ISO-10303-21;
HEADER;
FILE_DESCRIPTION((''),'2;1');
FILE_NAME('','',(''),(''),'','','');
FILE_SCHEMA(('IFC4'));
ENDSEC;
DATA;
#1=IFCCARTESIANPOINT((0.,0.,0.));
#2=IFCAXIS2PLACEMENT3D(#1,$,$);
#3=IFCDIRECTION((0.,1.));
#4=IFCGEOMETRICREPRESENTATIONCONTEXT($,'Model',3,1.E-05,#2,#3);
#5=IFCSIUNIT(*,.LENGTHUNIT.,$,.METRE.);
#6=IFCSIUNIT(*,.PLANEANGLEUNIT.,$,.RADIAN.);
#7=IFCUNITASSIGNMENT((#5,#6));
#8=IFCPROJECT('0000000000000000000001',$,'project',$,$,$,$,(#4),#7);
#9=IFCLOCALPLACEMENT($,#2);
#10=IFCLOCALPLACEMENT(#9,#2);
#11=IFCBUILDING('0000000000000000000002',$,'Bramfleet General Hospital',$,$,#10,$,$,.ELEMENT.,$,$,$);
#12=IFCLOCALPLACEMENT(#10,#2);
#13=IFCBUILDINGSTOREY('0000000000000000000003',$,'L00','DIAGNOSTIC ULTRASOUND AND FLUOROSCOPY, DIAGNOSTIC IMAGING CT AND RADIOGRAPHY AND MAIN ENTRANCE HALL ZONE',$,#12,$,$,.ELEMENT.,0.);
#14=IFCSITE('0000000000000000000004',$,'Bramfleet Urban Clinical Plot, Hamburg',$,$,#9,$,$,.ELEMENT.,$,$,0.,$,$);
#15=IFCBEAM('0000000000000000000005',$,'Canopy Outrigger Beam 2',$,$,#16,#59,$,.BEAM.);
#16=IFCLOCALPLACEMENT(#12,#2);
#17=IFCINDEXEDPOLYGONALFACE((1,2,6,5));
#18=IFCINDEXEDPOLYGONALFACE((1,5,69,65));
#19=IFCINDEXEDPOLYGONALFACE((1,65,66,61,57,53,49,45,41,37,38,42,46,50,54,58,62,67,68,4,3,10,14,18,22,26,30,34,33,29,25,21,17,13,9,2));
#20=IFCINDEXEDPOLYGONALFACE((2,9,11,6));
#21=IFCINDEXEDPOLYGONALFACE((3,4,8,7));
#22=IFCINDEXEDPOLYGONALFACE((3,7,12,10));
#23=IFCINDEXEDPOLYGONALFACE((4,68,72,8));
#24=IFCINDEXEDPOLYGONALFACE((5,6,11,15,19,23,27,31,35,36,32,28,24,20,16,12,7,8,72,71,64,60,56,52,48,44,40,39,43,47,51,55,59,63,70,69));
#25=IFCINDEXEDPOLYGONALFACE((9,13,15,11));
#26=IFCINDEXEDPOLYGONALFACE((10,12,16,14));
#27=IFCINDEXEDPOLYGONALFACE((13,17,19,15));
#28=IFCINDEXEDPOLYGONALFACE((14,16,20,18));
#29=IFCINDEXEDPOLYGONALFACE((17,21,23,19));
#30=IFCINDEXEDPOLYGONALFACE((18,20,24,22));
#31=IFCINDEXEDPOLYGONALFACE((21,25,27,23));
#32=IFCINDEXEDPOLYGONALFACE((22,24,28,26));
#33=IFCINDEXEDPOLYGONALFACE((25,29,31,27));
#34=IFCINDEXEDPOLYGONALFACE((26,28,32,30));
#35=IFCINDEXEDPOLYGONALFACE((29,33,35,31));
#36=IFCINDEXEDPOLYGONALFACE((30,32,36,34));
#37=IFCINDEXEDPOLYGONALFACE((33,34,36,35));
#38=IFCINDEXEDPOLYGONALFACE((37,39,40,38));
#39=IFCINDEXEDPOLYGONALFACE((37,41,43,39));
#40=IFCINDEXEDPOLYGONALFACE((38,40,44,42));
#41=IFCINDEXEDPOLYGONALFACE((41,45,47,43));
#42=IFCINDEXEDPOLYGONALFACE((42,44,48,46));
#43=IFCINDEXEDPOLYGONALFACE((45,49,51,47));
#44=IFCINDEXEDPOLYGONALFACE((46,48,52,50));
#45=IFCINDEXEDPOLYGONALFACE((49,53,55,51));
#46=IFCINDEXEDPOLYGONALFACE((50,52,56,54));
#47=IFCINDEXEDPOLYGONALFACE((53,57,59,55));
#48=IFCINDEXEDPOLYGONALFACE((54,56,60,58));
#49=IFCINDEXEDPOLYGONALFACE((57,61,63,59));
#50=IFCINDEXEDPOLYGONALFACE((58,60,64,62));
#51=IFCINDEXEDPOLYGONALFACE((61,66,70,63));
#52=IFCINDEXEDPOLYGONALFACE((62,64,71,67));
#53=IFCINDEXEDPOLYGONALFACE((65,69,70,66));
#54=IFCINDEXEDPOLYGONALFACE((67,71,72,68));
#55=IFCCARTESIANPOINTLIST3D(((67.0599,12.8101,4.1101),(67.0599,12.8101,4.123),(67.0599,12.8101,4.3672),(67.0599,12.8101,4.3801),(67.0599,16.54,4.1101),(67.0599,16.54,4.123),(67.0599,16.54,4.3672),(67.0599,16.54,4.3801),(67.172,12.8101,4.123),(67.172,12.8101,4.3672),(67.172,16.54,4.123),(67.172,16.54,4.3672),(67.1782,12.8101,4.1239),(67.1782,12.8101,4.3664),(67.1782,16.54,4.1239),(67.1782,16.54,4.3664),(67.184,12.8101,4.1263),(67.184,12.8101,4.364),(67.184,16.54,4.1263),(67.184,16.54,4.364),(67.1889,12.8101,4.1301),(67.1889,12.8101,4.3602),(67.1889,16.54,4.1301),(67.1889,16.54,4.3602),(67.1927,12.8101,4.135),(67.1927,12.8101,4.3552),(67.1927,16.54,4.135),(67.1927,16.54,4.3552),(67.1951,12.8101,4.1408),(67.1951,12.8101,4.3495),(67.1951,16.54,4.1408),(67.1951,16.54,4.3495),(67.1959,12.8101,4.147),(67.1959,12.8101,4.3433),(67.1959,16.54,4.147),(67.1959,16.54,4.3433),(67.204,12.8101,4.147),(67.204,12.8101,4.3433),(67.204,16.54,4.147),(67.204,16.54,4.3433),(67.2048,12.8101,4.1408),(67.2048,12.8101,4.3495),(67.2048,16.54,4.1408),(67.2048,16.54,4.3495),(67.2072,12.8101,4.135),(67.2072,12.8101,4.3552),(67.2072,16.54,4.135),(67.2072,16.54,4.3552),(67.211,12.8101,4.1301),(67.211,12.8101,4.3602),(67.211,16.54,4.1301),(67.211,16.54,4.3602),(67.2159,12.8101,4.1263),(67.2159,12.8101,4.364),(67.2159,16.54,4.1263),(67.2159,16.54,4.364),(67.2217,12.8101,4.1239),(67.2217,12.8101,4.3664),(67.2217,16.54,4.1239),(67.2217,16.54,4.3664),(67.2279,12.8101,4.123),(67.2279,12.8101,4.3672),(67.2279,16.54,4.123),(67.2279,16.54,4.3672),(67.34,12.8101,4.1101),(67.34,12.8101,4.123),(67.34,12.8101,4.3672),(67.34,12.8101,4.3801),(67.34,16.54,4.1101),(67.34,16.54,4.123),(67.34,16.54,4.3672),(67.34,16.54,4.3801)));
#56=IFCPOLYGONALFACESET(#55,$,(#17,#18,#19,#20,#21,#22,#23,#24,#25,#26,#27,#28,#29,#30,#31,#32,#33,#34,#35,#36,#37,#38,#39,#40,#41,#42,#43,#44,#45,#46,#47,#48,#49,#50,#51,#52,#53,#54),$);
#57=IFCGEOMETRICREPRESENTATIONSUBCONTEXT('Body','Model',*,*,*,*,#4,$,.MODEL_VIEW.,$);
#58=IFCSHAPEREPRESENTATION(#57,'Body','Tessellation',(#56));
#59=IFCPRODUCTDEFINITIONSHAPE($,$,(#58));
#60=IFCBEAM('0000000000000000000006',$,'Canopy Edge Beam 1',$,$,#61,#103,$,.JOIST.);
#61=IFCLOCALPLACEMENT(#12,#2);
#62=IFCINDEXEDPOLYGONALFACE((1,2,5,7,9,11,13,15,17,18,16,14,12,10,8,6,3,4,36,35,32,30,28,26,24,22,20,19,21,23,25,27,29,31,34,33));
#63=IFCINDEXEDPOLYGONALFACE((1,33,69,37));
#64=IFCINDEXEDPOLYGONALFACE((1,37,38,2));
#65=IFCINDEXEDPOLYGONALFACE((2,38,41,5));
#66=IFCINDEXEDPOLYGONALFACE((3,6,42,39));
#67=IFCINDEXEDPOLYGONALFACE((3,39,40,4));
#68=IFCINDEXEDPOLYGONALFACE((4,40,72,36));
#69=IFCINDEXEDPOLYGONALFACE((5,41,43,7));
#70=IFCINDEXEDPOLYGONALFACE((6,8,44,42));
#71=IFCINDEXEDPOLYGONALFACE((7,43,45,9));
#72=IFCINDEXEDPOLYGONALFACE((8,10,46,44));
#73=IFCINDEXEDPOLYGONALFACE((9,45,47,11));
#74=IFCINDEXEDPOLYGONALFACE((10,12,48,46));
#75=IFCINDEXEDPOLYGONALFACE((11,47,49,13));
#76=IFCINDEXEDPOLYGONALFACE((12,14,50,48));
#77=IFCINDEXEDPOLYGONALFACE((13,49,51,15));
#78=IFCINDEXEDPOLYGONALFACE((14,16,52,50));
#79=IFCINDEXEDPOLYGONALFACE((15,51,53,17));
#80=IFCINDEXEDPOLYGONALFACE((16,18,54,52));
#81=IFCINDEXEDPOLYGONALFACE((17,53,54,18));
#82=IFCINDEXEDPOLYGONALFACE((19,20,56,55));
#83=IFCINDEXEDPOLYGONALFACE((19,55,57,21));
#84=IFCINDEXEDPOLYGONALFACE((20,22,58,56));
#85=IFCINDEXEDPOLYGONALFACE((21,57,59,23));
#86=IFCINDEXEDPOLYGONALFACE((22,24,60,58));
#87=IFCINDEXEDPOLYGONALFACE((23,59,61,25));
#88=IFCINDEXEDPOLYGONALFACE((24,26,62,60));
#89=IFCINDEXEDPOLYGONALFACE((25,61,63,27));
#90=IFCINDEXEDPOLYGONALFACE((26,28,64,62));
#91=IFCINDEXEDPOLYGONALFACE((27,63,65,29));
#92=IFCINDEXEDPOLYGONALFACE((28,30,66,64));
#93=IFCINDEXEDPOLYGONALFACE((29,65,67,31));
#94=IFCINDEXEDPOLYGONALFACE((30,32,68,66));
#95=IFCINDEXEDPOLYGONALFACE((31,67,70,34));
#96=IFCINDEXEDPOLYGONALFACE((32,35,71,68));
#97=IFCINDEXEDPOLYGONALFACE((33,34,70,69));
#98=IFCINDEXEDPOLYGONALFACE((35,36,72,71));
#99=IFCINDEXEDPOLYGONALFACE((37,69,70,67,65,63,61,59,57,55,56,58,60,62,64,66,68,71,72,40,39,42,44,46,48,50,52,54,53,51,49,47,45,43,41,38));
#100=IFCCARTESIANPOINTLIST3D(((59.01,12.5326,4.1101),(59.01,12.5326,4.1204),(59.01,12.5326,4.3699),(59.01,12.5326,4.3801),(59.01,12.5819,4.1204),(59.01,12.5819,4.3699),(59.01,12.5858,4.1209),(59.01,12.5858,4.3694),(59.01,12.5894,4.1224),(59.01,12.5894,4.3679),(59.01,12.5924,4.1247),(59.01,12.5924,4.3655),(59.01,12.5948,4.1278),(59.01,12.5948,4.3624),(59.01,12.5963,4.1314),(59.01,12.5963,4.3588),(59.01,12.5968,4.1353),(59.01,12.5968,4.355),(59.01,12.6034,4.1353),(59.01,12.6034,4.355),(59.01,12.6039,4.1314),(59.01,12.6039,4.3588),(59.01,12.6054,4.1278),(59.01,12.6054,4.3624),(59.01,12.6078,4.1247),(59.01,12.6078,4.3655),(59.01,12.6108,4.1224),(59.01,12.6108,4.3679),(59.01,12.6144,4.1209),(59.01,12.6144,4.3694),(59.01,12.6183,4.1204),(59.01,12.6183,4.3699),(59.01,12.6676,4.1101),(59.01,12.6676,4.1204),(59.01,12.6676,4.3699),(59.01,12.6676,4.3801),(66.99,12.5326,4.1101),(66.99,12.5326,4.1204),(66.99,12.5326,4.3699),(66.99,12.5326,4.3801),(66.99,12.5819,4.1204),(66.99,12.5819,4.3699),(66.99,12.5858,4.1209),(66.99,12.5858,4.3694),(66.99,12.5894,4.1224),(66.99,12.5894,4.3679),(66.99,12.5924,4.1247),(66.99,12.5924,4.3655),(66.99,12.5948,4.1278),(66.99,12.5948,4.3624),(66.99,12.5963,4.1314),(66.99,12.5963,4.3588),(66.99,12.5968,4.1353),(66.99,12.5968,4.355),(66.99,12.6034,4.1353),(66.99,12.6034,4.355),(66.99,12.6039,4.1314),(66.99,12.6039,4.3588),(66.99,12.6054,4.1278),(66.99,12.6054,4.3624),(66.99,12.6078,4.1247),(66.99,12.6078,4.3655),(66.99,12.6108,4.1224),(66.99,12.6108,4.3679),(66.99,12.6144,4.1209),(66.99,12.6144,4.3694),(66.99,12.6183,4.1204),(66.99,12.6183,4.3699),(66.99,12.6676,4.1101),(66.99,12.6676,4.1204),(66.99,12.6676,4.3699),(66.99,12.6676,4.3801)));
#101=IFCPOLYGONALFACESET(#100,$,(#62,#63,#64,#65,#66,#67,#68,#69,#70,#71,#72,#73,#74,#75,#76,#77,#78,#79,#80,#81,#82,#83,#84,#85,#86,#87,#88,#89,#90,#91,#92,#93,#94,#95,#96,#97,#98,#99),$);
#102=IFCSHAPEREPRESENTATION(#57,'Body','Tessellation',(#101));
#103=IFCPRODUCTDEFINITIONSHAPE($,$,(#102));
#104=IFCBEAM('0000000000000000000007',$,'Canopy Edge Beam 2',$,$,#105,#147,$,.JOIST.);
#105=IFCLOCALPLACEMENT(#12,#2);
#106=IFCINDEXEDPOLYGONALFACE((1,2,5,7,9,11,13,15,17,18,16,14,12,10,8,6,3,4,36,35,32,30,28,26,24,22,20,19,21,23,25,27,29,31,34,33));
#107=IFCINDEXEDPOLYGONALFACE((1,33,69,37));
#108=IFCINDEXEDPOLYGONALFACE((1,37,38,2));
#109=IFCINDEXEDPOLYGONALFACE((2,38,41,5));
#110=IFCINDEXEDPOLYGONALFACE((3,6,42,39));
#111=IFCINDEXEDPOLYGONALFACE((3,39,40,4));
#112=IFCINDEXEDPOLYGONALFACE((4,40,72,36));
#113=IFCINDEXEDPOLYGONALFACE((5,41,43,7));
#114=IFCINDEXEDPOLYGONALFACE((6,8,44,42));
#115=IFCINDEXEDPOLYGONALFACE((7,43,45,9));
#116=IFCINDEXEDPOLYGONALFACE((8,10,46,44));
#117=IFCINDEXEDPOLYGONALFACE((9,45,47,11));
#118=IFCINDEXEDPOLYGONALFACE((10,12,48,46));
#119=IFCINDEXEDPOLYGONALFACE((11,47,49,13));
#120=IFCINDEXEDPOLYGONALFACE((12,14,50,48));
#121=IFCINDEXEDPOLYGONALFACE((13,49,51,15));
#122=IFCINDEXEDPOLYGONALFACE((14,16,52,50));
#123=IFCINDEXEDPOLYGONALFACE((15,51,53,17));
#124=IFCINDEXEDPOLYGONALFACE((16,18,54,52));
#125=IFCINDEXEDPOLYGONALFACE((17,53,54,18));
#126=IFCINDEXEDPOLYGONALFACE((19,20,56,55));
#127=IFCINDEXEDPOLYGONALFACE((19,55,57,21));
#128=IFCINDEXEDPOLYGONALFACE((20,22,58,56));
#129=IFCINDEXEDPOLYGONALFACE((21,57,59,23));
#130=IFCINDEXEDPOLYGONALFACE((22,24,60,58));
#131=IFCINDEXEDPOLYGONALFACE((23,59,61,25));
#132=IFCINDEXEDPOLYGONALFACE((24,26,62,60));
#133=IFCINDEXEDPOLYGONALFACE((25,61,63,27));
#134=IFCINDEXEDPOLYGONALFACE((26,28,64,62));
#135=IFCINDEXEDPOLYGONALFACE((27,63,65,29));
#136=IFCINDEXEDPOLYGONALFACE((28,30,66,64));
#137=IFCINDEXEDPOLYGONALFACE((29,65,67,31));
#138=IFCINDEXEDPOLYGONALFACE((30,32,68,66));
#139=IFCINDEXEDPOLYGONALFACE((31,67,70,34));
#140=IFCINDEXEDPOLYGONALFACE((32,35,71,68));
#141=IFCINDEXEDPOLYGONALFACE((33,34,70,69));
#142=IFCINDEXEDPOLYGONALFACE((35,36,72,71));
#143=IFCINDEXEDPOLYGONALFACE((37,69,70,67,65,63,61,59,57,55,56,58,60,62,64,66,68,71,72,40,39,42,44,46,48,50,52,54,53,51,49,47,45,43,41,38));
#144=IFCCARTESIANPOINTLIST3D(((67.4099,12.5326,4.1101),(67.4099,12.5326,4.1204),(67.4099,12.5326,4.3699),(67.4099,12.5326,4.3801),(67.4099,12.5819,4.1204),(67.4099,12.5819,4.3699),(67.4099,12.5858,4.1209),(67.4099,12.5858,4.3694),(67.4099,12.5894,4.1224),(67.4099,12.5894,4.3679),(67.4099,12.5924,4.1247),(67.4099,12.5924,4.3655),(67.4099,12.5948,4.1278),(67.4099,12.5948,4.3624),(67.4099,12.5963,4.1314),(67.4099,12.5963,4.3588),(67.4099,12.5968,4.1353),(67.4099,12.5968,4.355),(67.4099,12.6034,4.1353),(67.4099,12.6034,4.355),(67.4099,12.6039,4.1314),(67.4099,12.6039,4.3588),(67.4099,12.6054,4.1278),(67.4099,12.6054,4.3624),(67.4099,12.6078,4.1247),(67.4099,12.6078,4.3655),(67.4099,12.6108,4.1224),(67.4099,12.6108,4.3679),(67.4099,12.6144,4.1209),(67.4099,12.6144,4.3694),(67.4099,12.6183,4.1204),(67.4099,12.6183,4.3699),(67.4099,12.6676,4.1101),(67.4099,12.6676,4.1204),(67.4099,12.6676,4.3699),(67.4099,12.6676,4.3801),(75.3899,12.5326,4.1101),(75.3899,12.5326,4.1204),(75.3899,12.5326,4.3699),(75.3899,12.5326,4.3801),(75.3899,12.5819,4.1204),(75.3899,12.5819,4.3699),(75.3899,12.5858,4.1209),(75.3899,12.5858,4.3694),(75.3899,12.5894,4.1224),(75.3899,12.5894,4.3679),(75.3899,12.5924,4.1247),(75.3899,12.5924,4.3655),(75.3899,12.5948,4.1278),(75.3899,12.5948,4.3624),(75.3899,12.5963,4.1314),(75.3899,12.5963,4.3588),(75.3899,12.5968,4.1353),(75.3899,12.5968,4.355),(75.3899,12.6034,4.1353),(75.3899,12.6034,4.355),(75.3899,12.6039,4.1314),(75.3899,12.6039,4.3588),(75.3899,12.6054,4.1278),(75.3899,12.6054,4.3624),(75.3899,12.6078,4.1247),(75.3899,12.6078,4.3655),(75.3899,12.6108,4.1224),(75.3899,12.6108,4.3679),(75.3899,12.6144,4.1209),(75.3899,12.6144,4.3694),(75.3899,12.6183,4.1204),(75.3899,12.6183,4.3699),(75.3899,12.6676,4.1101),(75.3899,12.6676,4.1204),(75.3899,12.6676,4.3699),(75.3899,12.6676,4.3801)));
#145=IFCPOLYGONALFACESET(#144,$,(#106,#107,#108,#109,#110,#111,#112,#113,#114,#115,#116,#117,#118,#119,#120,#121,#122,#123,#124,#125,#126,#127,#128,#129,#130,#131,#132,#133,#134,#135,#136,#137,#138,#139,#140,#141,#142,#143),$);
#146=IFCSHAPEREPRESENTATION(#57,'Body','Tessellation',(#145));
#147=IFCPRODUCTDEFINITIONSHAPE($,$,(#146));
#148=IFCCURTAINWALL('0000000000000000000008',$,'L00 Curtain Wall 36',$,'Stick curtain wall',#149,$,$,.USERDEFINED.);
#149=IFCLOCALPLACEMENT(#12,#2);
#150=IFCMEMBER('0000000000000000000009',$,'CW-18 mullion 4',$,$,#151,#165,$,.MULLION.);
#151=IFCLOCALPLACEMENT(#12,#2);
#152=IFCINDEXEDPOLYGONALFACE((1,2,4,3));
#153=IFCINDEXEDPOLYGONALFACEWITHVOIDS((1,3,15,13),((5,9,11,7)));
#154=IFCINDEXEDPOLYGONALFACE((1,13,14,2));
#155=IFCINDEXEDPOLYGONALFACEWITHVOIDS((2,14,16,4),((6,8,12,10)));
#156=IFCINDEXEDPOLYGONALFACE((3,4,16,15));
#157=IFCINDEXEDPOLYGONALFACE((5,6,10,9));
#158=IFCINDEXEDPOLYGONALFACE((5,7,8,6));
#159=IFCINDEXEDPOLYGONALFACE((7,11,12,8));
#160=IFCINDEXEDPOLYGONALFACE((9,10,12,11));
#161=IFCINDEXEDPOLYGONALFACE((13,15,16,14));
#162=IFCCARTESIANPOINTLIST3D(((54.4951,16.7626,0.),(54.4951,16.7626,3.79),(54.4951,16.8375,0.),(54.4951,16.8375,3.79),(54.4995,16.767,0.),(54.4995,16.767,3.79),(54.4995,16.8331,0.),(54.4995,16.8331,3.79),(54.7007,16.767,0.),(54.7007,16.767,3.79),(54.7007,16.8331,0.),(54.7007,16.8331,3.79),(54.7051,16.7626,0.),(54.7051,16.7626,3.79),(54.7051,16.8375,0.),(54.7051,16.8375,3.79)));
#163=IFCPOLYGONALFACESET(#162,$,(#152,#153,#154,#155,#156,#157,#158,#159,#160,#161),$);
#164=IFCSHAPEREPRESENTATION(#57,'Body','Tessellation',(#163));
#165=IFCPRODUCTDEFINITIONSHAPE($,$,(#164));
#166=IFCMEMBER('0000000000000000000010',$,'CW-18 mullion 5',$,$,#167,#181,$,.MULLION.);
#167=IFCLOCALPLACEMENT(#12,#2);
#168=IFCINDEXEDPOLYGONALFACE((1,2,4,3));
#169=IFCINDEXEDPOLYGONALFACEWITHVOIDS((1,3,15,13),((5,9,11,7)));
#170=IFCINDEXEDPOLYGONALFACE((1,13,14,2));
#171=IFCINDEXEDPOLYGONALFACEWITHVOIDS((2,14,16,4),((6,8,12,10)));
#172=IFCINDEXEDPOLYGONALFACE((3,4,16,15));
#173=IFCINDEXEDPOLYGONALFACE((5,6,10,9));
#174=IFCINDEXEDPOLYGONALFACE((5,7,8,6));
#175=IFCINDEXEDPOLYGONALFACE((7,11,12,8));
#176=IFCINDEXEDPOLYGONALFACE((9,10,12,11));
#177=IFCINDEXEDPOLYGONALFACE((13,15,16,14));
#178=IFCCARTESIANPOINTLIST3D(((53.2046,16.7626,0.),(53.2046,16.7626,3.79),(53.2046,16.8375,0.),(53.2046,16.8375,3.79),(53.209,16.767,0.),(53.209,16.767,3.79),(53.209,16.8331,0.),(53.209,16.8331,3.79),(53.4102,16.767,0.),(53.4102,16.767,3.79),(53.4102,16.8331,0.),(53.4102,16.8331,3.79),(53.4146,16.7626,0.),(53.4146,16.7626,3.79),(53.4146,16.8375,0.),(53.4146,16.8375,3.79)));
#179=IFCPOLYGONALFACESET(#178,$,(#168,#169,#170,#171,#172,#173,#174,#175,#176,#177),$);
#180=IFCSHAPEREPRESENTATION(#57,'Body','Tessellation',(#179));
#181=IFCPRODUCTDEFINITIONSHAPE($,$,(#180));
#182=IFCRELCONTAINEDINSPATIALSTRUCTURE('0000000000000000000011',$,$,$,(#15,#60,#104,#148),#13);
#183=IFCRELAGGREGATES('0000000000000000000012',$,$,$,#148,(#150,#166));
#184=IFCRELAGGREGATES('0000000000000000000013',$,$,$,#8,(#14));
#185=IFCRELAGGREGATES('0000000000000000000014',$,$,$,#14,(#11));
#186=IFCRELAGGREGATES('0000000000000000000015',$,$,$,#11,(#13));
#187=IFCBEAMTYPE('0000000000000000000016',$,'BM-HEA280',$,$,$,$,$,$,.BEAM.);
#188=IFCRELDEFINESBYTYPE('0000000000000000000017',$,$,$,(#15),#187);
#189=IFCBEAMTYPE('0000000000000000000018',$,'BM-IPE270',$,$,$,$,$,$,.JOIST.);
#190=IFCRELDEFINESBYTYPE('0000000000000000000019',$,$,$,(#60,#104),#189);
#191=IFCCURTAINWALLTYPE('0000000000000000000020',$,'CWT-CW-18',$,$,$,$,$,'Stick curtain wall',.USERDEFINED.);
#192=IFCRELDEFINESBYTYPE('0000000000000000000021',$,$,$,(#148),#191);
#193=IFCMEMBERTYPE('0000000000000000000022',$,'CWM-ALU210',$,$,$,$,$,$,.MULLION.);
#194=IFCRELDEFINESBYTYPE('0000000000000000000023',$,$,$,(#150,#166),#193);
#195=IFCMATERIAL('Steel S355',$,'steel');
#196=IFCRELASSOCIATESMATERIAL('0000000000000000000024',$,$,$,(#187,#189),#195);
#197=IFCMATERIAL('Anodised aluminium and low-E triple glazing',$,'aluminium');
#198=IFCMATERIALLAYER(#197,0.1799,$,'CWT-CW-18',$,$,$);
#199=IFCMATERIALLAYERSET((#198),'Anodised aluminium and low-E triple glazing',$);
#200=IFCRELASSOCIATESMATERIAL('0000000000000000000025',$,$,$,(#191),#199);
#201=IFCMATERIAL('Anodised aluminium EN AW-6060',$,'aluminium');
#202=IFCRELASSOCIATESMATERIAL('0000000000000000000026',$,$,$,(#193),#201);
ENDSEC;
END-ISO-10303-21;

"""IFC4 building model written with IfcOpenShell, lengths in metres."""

from ifc_helpers import new_model, si_unit, direction, frame, origin, origin_2d, place, context, subcontext, project, spatial, hollow_rectangle, i_section, extrude, material, layer, layer_set, material_profile, profile_set, type_object, element, aggregate, save


model = new_model("IFC4")

# Units and contexts
model_context = context("Model", 3, precision=1e-05, world=origin(), true_north=direction((0.0, 1.0)))
body_context = subcontext(model_context, "Body", "Model", "MODEL_VIEW")
ifc_project = project(units=[si_unit("LENGTHUNIT", "METRE"), si_unit("PLANEANGLEUNIT", "RADIAN")], contexts=[model_context])

# Site, building, storey
site_placement = place(None, origin())
site = spatial("IfcSite", under=ifc_project, at=site_placement, Name="Bramfleet Urban Clinical Plot, Hamburg", CompositionType="ELEMENT", RefElevation=0.0)
building_placement = place(site_placement, origin())
building = spatial("IfcBuilding", under=site, at=building_placement, Name="Bramfleet General Hospital", CompositionType="ELEMENT")
storey_placement = place(building_placement, origin())
storey = spatial("IfcBuildingStorey", under=building, at=storey_placement, Name="L00", Description="DIAGNOSTIC ULTRASOUND AND FLUOROSCOPY, DIAGNOSTIC IMAGING CT AND RADIOGRAPHY AND MAIN ENTRANCE HALL ZONE", CompositionType="ELEMENT", Elevation=0.0)

# Shared definitions
ifc_material_1 = material(Name="Steel S355", Category="steel")

# Beams
ifc_material_profile_1 = material_profile(ifc_material_1, i_section(OverallWidth=0.28, OverallDepth=0.27, WebThickness=0.0081, FlangeThickness=0.0129, FilletRadius=0.0239, at=origin_2d()), Name="HEA 280")
ifc_profile_set_1 = profile_set([ifc_material_profile_1], Name="Steel S355")
beam_type_1 = type_object("IfcBeamType", Name="BM-HEA280", PredefinedType="BEAM", material=ifc_profile_set_1)
for number, where, z_axis, x_axis, name in (
    (1, (67.2, 12.8101, 4.2451), (0.0, 1.0, 0.0), (-1.0, 0.0, 0.0), "Canopy Outrigger Beam 2"),
):
    element("IfcBeam", number, at=place(storey_placement, frame(where, z_axis=z_axis, x_axis=x_axis)), inside=storey, type_object=beam_type_1, Name=name, PredefinedType="BEAM", context=body_context, shape_type="SweptSolid", body=[
        extrude(i_section(OverallWidth=0.28, OverallDepth=0.27, WebThickness=0.0081, FlangeThickness=0.0129, FilletRadius=0.0239, at=origin_2d()), origin(), (0.0, 0.0, 1.0), 3.73),
    ])
ifc_material_profile_2 = material_profile(ifc_material_1, i_section(OverallWidth=0.135, OverallDepth=0.27, WebThickness=0.0066, FlangeThickness=0.0103, FilletRadius=0.0149, at=origin_2d()), Name="IPE 270")
ifc_profile_set_2 = profile_set([ifc_material_profile_2], Name="Steel S355")
beam_type_2 = type_object("IfcBeamType", Name="BM-IPE270", PredefinedType="JOIST", material=ifc_profile_set_2)
for number, where, z_axis, x_axis, name in (
    (2, (59.01, 12.6001, 4.2451), (1.0, 0.0, 0.0), (0.0, 1.0, 0.0), "Canopy Edge Beam 1"),
    (3, (67.4099, 12.6001, 4.2451), (1.0, 0.0, 0.0), (0.0, 1.0, 0.0), "Canopy Edge Beam 2"),
):
    element("IfcBeam", number, at=place(storey_placement, frame(where, z_axis=z_axis, x_axis=x_axis)), inside=storey, type_object=beam_type_2, Name=name, PredefinedType="JOIST", context=body_context, shape_type="SweptSolid", body=[
        extrude(i_section(OverallWidth=0.135, OverallDepth=0.27, WebThickness=0.0066, FlangeThickness=0.0103, FilletRadius=0.0149, at=origin_2d()), origin(), (0.0, 0.0, 1.0), 7.98),
    ])

# Curtain wall, members
ifc_material_2 = material(Name="Anodised aluminium and low-E triple glazing", Category="aluminium")
ifc_layer_1 = layer(ifc_material_2, 0.1799, Name="CWT-CW-18")
ifc_layer_set_1 = layer_set([ifc_layer_1], Name="Anodised aluminium and low-E triple glazing")
curtain_wall_type = type_object("IfcCurtainWallType", Name="CWT-CW-18", ElementType="Stick curtain wall", PredefinedType="USERDEFINED", material=ifc_layer_set_1)
curtain_wall_placement = place(storey_placement, origin())
curtain_wall = element("IfcCurtainWall", 4, at=curtain_wall_placement, inside=storey, type_object=curtain_wall_type, Name="L00 Curtain Wall 36", ObjectType="Stick curtain wall", PredefinedType="USERDEFINED")
ifc_material_3 = material(Name="Anodised aluminium EN AW-6060", Category="aluminium")
ifc_material_profile_3 = material_profile(ifc_material_3, hollow_rectangle(XDim=0.075, YDim=0.21, WallThickness=0.0044, at=origin_2d()), Name="ALU 210x75x4.5")
ifc_profile_set_3 = profile_set([ifc_material_profile_3], Name="Anodised aluminium EN AW-6060")
member_type_1 = type_object("IfcMemberType", Name="CWM-ALU210", PredefinedType="MULLION", material=ifc_profile_set_3)
member_1_placement = place(storey_placement, frame((54.6001, 16.8, 0.0), z_axis=(0.0, 0.0, 1.0), x_axis=(0.0, -1.0, 0.0)))
member_1 = element("IfcMember", 5, at=member_1_placement, type_object=member_type_1, Name="CW-18 mullion 4", PredefinedType="MULLION", context=body_context, shape_type="SweptSolid", body=[
    extrude(hollow_rectangle(XDim=0.075, YDim=0.21, WallThickness=0.0044, at=origin_2d()), origin(), (0.0, 0.0, 1.0), 3.79),
])
member_2_placement = place(storey_placement, frame((53.3096, 16.8, 0.0), z_axis=(0.0, 0.0, 1.0), x_axis=(0.0, -1.0, 0.0)))
member_2 = element("IfcMember", 6, at=member_2_placement, type_object=member_type_1, Name="CW-18 mullion 5", PredefinedType="MULLION", context=body_context, shape_type="SweptSolid", body=[
    extrude(hollow_rectangle(XDim=0.075, YDim=0.21, WallThickness=0.0044, at=origin_2d()), origin(), (0.0, 0.0, 1.0), 3.79),
])
aggregate(curtain_wall, [member_1, member_2])

save(model, "model.ifc")
